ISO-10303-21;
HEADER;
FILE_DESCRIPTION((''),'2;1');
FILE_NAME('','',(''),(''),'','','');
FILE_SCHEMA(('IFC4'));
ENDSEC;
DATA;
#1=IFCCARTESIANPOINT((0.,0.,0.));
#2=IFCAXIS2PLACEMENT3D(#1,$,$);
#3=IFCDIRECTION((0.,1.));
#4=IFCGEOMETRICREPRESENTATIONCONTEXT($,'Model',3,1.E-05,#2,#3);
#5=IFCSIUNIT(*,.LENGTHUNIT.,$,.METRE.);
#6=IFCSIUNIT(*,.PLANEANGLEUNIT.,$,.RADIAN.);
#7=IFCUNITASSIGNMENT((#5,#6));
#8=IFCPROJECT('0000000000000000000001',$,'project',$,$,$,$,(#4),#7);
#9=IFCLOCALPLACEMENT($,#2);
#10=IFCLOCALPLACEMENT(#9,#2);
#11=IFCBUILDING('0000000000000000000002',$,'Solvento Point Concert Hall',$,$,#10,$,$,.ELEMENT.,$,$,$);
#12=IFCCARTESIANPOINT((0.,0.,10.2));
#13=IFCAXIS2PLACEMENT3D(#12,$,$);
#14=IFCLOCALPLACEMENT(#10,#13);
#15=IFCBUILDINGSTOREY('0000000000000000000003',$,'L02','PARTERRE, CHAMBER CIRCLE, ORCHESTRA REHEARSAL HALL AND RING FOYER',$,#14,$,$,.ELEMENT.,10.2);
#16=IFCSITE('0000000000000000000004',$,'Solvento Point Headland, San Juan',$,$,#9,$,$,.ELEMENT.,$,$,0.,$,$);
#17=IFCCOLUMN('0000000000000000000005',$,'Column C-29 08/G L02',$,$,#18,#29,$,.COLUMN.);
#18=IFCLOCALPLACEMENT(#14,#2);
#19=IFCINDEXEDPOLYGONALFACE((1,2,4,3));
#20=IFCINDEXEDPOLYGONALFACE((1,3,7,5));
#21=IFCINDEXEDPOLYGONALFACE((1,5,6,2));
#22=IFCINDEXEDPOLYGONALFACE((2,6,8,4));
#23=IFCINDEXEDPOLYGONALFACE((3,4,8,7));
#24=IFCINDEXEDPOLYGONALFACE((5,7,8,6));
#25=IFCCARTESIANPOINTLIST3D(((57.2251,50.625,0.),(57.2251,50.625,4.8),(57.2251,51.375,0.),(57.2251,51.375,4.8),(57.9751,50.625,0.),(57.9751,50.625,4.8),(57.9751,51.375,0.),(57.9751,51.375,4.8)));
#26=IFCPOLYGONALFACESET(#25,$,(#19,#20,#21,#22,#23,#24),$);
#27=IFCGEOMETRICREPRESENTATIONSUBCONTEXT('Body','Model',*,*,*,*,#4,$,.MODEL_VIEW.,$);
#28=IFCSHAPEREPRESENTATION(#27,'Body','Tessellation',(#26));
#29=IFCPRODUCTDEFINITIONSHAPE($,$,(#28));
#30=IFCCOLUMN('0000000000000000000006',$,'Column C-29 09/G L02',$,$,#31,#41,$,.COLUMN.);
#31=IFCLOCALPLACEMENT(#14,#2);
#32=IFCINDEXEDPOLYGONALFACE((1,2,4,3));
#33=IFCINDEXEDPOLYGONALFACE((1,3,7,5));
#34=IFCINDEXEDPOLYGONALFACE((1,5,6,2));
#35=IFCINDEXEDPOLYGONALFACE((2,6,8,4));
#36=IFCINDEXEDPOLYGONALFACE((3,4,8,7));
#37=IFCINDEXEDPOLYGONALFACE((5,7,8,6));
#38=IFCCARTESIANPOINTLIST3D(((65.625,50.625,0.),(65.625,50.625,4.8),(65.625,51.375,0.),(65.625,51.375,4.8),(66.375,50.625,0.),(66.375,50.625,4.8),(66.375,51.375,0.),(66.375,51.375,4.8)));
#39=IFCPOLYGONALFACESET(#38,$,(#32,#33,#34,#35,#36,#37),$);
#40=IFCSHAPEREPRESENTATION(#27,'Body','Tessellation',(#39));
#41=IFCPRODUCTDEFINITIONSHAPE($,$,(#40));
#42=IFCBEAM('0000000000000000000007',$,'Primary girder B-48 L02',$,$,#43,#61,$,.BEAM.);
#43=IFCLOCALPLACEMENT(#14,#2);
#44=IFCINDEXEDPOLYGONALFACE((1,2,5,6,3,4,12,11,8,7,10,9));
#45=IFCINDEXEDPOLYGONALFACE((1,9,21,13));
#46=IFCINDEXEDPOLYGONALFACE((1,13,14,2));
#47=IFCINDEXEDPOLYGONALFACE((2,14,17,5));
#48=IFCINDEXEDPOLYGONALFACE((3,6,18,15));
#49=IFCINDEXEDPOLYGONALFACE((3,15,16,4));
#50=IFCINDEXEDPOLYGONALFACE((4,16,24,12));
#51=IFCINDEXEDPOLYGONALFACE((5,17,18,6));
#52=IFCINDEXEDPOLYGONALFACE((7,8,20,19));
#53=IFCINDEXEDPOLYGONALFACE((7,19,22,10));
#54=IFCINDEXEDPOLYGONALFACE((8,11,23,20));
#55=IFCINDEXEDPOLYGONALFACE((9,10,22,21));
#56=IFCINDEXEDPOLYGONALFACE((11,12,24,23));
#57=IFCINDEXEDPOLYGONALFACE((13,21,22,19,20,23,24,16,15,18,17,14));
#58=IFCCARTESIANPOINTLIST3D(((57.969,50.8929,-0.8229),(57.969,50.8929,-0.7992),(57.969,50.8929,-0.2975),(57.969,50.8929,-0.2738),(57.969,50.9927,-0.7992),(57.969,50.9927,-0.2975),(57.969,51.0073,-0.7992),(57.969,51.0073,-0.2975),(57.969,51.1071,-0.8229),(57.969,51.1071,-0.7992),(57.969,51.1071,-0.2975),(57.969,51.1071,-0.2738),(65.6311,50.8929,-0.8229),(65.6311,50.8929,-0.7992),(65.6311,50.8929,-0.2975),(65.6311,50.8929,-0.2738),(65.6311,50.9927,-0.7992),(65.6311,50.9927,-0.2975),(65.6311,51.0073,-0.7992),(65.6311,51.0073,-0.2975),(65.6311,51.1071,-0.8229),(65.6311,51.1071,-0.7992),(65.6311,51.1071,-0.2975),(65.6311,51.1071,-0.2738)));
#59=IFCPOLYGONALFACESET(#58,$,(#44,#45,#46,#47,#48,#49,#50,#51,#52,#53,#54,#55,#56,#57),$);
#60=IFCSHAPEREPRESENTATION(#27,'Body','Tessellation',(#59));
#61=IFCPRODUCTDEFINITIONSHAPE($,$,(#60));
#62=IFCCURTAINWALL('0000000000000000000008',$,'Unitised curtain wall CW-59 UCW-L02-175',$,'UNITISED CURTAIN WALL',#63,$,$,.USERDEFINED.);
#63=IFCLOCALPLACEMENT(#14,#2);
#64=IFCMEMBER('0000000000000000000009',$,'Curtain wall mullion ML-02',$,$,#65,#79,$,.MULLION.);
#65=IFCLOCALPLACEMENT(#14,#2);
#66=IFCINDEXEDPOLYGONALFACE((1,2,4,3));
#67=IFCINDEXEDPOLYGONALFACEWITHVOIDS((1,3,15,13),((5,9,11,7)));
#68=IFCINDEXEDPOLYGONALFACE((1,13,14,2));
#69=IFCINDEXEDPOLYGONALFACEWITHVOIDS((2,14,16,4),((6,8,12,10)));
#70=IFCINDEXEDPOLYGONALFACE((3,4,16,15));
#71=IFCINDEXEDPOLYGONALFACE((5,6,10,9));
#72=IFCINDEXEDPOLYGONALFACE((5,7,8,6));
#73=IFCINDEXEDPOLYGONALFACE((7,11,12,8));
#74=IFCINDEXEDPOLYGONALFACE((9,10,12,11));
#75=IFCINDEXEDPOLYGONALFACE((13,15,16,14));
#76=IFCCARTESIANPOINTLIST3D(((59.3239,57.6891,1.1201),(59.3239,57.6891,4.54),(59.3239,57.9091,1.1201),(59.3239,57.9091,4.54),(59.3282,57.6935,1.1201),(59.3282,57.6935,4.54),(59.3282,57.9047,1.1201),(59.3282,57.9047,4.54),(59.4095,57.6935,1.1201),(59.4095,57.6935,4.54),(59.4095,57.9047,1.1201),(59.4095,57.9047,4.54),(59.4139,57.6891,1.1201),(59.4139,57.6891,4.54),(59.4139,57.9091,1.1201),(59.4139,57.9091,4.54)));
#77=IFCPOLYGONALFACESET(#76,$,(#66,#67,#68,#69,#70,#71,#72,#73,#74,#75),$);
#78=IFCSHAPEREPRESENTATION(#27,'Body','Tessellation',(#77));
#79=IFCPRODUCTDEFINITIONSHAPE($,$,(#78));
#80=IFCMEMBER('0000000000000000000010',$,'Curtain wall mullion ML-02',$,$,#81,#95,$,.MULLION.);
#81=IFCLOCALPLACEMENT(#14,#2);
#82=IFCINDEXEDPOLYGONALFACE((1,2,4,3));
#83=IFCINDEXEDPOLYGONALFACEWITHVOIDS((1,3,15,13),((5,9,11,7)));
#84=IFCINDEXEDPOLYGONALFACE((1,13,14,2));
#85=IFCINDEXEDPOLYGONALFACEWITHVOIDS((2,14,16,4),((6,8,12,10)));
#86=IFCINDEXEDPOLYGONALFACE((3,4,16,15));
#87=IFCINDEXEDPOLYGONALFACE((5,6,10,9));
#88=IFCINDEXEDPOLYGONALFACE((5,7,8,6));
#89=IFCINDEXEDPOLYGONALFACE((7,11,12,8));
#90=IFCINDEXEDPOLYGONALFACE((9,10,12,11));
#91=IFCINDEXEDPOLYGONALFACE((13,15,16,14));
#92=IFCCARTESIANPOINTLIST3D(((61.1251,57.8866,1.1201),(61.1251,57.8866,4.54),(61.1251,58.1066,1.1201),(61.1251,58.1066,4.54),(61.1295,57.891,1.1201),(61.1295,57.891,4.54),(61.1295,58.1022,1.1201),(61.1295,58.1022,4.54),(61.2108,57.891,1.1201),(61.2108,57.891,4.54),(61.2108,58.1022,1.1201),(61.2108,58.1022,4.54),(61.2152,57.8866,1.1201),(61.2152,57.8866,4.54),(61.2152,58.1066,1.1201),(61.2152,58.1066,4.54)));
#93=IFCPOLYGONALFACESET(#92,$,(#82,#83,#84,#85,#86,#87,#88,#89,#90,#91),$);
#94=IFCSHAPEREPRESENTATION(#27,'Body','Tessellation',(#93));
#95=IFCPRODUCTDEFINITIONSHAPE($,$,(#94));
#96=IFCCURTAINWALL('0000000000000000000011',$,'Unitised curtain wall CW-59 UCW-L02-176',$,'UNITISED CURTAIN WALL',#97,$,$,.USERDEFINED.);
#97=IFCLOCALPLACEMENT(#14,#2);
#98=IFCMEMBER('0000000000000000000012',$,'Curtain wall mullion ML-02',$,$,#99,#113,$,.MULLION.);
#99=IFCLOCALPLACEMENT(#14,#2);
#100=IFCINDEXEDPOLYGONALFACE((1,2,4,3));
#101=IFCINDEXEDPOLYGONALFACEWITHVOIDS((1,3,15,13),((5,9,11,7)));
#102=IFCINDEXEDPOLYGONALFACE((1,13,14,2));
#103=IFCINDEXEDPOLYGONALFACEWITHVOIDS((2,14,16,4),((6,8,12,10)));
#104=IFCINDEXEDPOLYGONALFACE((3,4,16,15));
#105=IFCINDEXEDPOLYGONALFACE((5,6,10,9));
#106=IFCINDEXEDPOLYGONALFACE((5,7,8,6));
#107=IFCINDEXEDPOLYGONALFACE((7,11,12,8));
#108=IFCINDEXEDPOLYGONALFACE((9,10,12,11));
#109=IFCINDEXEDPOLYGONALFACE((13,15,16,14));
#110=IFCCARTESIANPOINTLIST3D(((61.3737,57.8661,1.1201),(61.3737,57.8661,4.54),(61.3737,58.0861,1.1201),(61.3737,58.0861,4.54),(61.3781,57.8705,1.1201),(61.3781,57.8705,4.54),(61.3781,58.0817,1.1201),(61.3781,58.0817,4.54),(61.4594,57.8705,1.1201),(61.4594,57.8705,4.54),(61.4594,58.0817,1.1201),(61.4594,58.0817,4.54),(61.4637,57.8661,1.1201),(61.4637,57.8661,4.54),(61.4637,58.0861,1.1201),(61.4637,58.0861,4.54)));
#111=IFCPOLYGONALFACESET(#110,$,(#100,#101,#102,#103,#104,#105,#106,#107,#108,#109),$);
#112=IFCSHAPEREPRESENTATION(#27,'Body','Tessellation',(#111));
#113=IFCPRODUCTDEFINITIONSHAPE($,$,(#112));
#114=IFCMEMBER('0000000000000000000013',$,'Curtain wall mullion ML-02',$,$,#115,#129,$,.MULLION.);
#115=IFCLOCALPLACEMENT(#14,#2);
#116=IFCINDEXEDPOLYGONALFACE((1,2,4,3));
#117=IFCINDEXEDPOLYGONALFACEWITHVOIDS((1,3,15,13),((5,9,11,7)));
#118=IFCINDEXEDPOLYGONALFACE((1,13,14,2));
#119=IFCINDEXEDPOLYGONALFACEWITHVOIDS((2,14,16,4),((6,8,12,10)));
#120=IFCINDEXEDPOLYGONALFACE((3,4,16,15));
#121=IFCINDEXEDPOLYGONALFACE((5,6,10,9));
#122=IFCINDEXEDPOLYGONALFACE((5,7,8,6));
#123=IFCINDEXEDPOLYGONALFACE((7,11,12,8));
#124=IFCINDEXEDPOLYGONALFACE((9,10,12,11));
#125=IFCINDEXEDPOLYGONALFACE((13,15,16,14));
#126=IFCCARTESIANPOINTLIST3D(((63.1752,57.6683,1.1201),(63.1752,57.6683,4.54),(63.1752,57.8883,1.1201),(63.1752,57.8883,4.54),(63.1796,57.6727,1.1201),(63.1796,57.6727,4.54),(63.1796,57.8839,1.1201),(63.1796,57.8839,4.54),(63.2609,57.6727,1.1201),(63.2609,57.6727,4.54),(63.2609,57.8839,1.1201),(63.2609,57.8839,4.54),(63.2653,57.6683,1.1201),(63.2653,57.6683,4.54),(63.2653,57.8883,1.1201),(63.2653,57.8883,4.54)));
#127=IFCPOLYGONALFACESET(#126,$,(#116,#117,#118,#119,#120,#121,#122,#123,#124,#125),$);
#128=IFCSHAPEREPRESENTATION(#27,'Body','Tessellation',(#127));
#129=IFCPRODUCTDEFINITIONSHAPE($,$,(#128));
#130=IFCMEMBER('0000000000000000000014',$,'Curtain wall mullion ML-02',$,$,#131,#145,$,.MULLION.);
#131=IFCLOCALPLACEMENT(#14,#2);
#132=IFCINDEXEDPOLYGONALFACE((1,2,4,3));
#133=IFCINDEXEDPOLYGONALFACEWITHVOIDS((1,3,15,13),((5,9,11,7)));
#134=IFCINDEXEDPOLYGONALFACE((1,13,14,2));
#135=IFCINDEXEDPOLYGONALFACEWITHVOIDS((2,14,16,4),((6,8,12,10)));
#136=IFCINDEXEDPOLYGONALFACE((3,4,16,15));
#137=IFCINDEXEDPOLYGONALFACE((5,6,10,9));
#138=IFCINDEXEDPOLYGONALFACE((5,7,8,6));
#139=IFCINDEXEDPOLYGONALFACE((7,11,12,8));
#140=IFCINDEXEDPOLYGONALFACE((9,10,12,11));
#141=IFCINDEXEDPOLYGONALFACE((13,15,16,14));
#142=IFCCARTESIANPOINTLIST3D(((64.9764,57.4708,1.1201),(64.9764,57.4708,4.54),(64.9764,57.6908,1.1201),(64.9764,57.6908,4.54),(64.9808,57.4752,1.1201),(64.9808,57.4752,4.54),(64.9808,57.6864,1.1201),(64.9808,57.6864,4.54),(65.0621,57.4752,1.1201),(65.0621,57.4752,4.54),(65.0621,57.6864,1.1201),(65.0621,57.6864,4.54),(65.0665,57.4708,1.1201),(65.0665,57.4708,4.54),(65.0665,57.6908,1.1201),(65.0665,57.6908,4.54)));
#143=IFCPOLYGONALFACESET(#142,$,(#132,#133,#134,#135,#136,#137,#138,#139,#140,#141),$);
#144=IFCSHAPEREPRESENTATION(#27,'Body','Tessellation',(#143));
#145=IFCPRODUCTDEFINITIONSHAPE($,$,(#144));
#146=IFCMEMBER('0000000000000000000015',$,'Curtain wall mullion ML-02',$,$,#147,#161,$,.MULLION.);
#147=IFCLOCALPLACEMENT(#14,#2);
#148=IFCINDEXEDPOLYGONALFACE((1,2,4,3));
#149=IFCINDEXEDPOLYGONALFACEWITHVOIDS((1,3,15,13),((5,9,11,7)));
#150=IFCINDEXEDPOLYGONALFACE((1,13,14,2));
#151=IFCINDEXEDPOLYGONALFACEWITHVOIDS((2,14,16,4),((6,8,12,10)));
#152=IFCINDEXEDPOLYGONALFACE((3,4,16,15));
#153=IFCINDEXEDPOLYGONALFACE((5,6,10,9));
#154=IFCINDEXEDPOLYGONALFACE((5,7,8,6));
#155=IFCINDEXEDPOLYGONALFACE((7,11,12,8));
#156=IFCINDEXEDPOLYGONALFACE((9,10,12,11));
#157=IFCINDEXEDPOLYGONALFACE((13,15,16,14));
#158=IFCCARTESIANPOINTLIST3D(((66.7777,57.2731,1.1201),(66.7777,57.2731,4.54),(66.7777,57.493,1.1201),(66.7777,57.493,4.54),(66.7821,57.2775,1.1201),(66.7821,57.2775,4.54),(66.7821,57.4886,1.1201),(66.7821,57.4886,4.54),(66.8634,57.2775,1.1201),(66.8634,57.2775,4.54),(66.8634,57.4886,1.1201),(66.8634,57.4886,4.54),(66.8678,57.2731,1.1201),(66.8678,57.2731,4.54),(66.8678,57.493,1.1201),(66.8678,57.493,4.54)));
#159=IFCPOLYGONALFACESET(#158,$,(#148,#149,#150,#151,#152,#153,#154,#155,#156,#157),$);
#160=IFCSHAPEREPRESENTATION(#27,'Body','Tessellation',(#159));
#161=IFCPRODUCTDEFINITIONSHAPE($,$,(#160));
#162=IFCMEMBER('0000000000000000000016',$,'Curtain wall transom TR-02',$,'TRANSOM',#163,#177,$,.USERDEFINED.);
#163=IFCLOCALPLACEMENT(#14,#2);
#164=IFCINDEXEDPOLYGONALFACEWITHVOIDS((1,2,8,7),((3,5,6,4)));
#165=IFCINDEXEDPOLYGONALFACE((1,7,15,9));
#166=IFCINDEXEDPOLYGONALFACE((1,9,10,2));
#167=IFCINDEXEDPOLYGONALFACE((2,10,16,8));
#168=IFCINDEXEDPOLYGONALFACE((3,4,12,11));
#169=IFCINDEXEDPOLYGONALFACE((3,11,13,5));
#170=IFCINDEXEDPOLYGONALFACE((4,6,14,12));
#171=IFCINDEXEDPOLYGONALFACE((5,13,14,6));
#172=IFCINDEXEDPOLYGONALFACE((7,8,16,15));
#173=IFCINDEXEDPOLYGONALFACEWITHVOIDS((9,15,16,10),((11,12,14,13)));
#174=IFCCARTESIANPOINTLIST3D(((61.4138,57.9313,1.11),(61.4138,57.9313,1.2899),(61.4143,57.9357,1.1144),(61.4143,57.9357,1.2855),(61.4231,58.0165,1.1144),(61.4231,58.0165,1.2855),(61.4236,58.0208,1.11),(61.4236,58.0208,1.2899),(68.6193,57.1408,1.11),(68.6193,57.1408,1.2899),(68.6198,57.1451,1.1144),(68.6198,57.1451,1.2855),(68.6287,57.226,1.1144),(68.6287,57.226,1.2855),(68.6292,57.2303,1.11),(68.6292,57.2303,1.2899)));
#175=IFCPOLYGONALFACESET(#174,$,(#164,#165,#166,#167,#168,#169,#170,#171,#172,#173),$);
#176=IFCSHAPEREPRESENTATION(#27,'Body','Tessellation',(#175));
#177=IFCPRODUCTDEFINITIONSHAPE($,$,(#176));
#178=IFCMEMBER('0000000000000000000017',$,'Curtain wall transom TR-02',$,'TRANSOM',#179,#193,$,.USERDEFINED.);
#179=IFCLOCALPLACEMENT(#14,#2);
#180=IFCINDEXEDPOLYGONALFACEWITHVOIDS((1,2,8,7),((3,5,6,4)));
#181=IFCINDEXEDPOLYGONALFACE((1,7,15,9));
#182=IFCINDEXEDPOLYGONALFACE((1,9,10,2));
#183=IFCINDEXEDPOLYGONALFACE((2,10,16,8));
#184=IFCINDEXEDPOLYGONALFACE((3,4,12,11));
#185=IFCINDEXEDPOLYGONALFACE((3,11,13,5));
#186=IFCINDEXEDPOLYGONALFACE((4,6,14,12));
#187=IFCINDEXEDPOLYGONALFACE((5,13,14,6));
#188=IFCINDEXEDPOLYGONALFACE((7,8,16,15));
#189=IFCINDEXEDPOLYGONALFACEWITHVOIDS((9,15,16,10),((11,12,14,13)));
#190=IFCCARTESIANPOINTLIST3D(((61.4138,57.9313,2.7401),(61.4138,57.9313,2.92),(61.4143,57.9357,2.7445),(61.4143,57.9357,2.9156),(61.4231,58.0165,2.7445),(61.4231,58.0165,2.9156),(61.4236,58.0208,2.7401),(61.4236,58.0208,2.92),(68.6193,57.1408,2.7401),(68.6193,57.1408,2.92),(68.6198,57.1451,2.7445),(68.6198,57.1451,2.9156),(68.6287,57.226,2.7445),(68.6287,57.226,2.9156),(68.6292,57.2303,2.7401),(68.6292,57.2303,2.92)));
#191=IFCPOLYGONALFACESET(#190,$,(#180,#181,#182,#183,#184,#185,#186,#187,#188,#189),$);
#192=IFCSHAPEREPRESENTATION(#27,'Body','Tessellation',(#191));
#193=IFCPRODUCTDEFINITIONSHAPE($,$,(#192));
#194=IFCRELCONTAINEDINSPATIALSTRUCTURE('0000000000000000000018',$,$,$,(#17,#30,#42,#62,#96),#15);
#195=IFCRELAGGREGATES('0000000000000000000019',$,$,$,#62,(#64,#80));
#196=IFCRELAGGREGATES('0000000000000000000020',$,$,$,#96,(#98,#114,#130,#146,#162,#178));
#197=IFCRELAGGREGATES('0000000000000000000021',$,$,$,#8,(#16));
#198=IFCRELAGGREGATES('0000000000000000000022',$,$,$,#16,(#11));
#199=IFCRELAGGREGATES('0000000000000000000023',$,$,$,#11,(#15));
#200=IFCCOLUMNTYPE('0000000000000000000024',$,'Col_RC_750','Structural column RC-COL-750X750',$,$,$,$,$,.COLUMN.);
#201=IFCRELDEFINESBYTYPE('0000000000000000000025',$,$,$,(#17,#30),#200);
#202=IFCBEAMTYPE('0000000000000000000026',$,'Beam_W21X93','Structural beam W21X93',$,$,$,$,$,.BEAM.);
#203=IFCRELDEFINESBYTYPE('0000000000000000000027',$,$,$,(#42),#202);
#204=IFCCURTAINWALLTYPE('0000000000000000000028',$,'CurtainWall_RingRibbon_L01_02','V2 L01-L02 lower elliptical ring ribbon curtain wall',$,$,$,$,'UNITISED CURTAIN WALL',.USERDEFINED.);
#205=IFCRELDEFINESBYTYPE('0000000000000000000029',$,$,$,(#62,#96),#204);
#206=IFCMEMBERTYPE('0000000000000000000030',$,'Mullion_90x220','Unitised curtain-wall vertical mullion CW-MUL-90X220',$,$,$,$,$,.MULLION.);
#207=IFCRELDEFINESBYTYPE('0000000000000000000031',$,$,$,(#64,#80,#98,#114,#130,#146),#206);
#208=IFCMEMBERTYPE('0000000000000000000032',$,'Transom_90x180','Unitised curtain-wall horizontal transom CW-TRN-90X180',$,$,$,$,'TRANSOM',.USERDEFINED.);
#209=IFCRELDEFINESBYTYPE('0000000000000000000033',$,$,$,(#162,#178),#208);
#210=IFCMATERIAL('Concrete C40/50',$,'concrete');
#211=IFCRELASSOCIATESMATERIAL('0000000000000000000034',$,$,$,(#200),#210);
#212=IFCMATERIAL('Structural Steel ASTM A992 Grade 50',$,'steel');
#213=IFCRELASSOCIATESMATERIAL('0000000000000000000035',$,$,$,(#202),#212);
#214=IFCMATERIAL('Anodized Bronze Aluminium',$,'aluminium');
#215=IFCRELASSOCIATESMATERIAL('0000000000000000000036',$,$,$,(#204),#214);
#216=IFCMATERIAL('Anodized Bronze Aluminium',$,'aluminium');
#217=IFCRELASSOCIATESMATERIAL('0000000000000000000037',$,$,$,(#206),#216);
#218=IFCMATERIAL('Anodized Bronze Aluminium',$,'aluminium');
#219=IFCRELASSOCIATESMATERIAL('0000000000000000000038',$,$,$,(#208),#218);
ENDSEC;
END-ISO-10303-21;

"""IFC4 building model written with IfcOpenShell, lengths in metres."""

from ifc_helpers import new_model, si_unit, direction, frame, origin, origin_2d, place, context, subcontext, project, spatial, rectangle, hollow_rectangle, i_section, extrude, material, material_profile, profile_set, type_object, element, aggregate, save


model = new_model("IFC4")

# Units and contexts
model_context = context("Model", 3, precision=1e-05, world=origin(), true_north=direction((0.0, 1.0)))
body_context = subcontext(model_context, "Body", "Model", "MODEL_VIEW")
ifc_project = project(units=[si_unit("LENGTHUNIT", "METRE"), si_unit("PLANEANGLEUNIT", "RADIAN")], contexts=[model_context])

# Site, building, storey
site_placement = place(None, origin())
site = spatial("IfcSite", under=ifc_project, at=site_placement, Name="Solvento Point Headland, San Juan", CompositionType="ELEMENT", RefElevation=0.0)
building_placement = place(site_placement, origin())
building = spatial("IfcBuilding", under=site, at=building_placement, Name="Solvento Point Concert Hall", CompositionType="ELEMENT")
storey_placement = place(building_placement, frame((0.0, 0.0, 10.2)))
storey = spatial("IfcBuildingStorey", under=building, at=storey_placement, Name="L02", Description="PARTERRE, CHAMBER CIRCLE, ORCHESTRA REHEARSAL HALL AND RING FOYER", CompositionType="ELEMENT", Elevation=10.2)

# Columns
ifc_material_1 = material(Name="Concrete C40/50", Category="concrete")
ifc_material_profile_1 = material_profile(ifc_material_1, rectangle(XDim=0.75, YDim=0.75, at=origin_2d()), Name="RC-COL-750X750")
ifc_profile_set_1 = profile_set([ifc_material_profile_1], Name="Concrete C40/50")
column_type = type_object("IfcColumnType", Name="Col_RC_750", Description="Structural column RC-COL-750X750", PredefinedType="COLUMN", material=ifc_profile_set_1)
for number, where, z_axis, x_axis, name in (
    (1, (57.6001, 51.0, 0.0), (0.0, 0.0, 1.0), (1.0, 0.0, 0.0), "Column C-29 08/G L02"),
    (2, (66.0, 51.0, 0.0), (0.0, 0.0, 1.0), (1.0, 0.0, 0.0), "Column C-29 09/G L02"),
):
    element("IfcColumn", number, at=place(storey_placement, frame(where, z_axis=z_axis, x_axis=x_axis)), inside=storey, type_object=column_type, Name=name, PredefinedType="COLUMN", context=body_context, shape_type="SweptSolid", body=[
        extrude(rectangle(XDim=0.75, YDim=0.75, at=origin_2d()), origin(), (0.0, 0.0, 1.0), 4.8),
    ])

# Beam
ifc_material_2 = material(Name="Structural Steel ASTM A992 Grade 50", Category="steel")
ifc_material_profile_2 = material_profile(ifc_material_2, i_section(OverallWidth=0.2141, OverallDepth=0.5491, WebThickness=0.0146, FlangeThickness=0.0237, at=origin_2d()), Name="W21X93")
ifc_profile_set_2 = profile_set([ifc_material_profile_2], Name="Structural Steel ASTM A992 Grade 50")
beam_type = type_object("IfcBeamType", Name="Beam_W21X93", Description="Structural beam W21X93", PredefinedType="BEAM", material=ifc_profile_set_2)
beam_placement = place(storey_placement, frame((57.969, 51.0, -0.5483), z_axis=(1.0, 0.0, 0.0), x_axis=(0.0, 1.0, 0.0)))
element("IfcBeam", 3, at=beam_placement, inside=storey, type_object=beam_type, Name="Primary girder B-48 L02", PredefinedType="BEAM", context=body_context, shape_type="SweptSolid", body=[
    extrude(i_section(OverallWidth=0.2141, OverallDepth=0.5491, WebThickness=0.0146, FlangeThickness=0.0237, at=origin_2d()), origin(), (0.0, 0.0, 1.0), 7.6621),
])

# Curtain walls, members
ifc_material_3 = material(Name="Anodized Bronze Aluminium", Category="aluminium")
curtain_wall_type = type_object("IfcCurtainWallType", Name="CurtainWall_RingRibbon_L01_02", Description="V2 L01-L02 lower elliptical ring ribbon curtain wall", ElementType="UNITISED CURTAIN WALL", PredefinedType="USERDEFINED", material=ifc_material_3)
curtain_wall_1_placement = place(storey_placement, origin())
curtain_wall_1 = element("IfcCurtainWall", 4, at=curtain_wall_1_placement, inside=storey, type_object=curtain_wall_type, Name="Unitised curtain wall CW-59 UCW-L02-175", ObjectType="UNITISED CURTAIN WALL", PredefinedType="USERDEFINED")
ifc_material_4 = material(Name="Anodized Bronze Aluminium", Category="aluminium")
ifc_material_profile_3 = material_profile(ifc_material_4, hollow_rectangle(XDim=0.0901, YDim=0.22, WallThickness=0.0044, at=origin_2d()), Name="CW-MUL-90X220")
ifc_profile_set_3 = profile_set([ifc_material_profile_3], Name="Anodized Bronze Aluminium")
member_type_1 = type_object("IfcMemberType", Name="Mullion_90x220", Description="Unitised curtain-wall vertical mullion CW-MUL-90X220", PredefinedType="MULLION", material=ifc_profile_set_3)
member_1_placement = place(storey_placement, frame((59.3689, 57.7991, 1.1201), z_axis=(0.0, 0.0, 1.0), x_axis=(1.0, 0.0, 0.0)))
member_1 = element("IfcMember", 5, at=member_1_placement, type_object=member_type_1, Name="Curtain wall mullion ML-02", PredefinedType="MULLION", context=body_context, shape_type="SweptSolid", body=[
    extrude(hollow_rectangle(XDim=0.0901, YDim=0.22, WallThickness=0.0044, at=origin_2d()), origin(), (0.0, 0.0, 1.0), 3.4199),
])
member_2_placement = place(storey_placement, frame((61.1702, 57.9966, 1.1201), z_axis=(0.0, 0.0, 1.0), x_axis=(1.0, 0.0, 0.0)))
member_2 = element("IfcMember", 6, at=member_2_placement, type_object=member_type_1, Name="Curtain wall mullion ML-02", PredefinedType="MULLION", context=body_context, shape_type="SweptSolid", body=[
    extrude(hollow_rectangle(XDim=0.0901, YDim=0.22, WallThickness=0.0044, at=origin_2d()), origin(), (0.0, 0.0, 1.0), 3.4199),
])
curtain_wall_2_placement = place(storey_placement, origin())
curtain_wall_2 = element("IfcCurtainWall", 7, at=curtain_wall_2_placement, inside=storey, type_object=curtain_wall_type, Name="Unitised curtain wall CW-59 UCW-L02-176", ObjectType="UNITISED CURTAIN WALL", PredefinedType="USERDEFINED")
member_3_placement = place(storey_placement, frame((61.4187, 57.9761, 1.1201), z_axis=(0.0, 0.0, 1.0), x_axis=(1.0, 0.0, 0.0)))
member_3 = element("IfcMember", 8, at=member_3_placement, type_object=member_type_1, Name="Curtain wall mullion ML-02", PredefinedType="MULLION", context=body_context, shape_type="SweptSolid", body=[
    extrude(hollow_rectangle(XDim=0.0901, YDim=0.22, WallThickness=0.0044, at=origin_2d()), origin(), (0.0, 0.0, 1.0), 3.4199),
])
member_4_placement = place(storey_placement, frame((63.2202, 57.7783, 1.1201), z_axis=(0.0, 0.0, 1.0), x_axis=(1.0, 0.0, 0.0)))
member_4 = element("IfcMember", 9, at=member_4_placement, type_object=member_type_1, Name="Curtain wall mullion ML-02", PredefinedType="MULLION", context=body_context, shape_type="SweptSolid", body=[
    extrude(hollow_rectangle(XDim=0.0901, YDim=0.22, WallThickness=0.0044, at=origin_2d()), origin(), (0.0, 0.0, 1.0), 3.4199),
])
member_5_placement = place(storey_placement, frame((65.0215, 57.5808, 1.1201), z_axis=(0.0, 0.0, 1.0), x_axis=(1.0, 0.0, 0.0)))
member_5 = element("IfcMember", 10, at=member_5_placement, type_object=member_type_1, Name="Curtain wall mullion ML-02", PredefinedType="MULLION", context=body_context, shape_type="SweptSolid", body=[
    extrude(hollow_rectangle(XDim=0.0901, YDim=0.22, WallThickness=0.0044, at=origin_2d()), origin(), (0.0, 0.0, 1.0), 3.4199),
])
member_6_placement = place(storey_placement, frame((66.8228, 57.3831, 1.1201), z_axis=(0.0, 0.0, 1.0), x_axis=(1.0, 0.0, 0.0)))
member_6 = element("IfcMember", 11, at=member_6_placement, type_object=member_type_1, Name="Curtain wall mullion ML-02", PredefinedType="MULLION", context=body_context, shape_type="SweptSolid", body=[
    extrude(hollow_rectangle(XDim=0.0901, YDim=0.22, WallThickness=0.0044, at=origin_2d()), origin(), (0.0, 0.0, 1.0), 3.4199),
])
ifc_material_5 = material(Name="Anodized Bronze Aluminium", Category="aluminium")
ifc_material_profile_4 = material_profile(ifc_material_5, hollow_rectangle(XDim=0.0901, YDim=0.1799, WallThickness=0.0044, at=origin_2d()), Name="CW-TRN-90X180")
ifc_profile_set_4 = profile_set([ifc_material_profile_4], Name="Anodized Bronze Aluminium")
member_type_2 = type_object("IfcMemberType", Name="Transom_90x180", Description="Unitised curtain-wall horizontal transom CW-TRN-90X180", ElementType="TRANSOM", PredefinedType="USERDEFINED", material=ifc_profile_set_4)
member_7_placement = place(storey_placement, frame((61.4187, 57.9761, 1.2), z_axis=(0.994036, -0.109056, 0.0), x_axis=(0.109056, 0.994036, 0.0)))
member_7 = element("IfcMember", 12, at=member_7_placement, type_object=member_type_2, Name="Curtain wall transom TR-02", ObjectType="TRANSOM", PredefinedType="USERDEFINED", context=body_context, shape_type="SweptSolid", body=[
    extrude(hollow_rectangle(XDim=0.0901, YDim=0.1799, WallThickness=0.0044, at=origin_2d()), origin(), (0.0, 0.0, 1.0), 7.2488),
])
member_8_placement = place(storey_placement, frame((61.4187, 57.9761, 2.8301), z_axis=(0.994036, -0.109056, 0.0), x_axis=(0.109056, 0.994036, 0.0)))
member_8 = element("IfcMember", 13, at=member_8_placement, type_object=member_type_2, Name="Curtain wall transom TR-02", ObjectType="TRANSOM", PredefinedType="USERDEFINED", context=body_context, shape_type="SweptSolid", body=[
    extrude(hollow_rectangle(XDim=0.0901, YDim=0.1799, WallThickness=0.0044, at=origin_2d()), origin(), (0.0, 0.0, 1.0), 7.2488),
])

aggregate(curtain_wall_1, [member_1, member_2])
aggregate(curtain_wall_2, [member_3, member_4, member_5, member_6, member_7, member_8])

save(model, "model.ifc")
